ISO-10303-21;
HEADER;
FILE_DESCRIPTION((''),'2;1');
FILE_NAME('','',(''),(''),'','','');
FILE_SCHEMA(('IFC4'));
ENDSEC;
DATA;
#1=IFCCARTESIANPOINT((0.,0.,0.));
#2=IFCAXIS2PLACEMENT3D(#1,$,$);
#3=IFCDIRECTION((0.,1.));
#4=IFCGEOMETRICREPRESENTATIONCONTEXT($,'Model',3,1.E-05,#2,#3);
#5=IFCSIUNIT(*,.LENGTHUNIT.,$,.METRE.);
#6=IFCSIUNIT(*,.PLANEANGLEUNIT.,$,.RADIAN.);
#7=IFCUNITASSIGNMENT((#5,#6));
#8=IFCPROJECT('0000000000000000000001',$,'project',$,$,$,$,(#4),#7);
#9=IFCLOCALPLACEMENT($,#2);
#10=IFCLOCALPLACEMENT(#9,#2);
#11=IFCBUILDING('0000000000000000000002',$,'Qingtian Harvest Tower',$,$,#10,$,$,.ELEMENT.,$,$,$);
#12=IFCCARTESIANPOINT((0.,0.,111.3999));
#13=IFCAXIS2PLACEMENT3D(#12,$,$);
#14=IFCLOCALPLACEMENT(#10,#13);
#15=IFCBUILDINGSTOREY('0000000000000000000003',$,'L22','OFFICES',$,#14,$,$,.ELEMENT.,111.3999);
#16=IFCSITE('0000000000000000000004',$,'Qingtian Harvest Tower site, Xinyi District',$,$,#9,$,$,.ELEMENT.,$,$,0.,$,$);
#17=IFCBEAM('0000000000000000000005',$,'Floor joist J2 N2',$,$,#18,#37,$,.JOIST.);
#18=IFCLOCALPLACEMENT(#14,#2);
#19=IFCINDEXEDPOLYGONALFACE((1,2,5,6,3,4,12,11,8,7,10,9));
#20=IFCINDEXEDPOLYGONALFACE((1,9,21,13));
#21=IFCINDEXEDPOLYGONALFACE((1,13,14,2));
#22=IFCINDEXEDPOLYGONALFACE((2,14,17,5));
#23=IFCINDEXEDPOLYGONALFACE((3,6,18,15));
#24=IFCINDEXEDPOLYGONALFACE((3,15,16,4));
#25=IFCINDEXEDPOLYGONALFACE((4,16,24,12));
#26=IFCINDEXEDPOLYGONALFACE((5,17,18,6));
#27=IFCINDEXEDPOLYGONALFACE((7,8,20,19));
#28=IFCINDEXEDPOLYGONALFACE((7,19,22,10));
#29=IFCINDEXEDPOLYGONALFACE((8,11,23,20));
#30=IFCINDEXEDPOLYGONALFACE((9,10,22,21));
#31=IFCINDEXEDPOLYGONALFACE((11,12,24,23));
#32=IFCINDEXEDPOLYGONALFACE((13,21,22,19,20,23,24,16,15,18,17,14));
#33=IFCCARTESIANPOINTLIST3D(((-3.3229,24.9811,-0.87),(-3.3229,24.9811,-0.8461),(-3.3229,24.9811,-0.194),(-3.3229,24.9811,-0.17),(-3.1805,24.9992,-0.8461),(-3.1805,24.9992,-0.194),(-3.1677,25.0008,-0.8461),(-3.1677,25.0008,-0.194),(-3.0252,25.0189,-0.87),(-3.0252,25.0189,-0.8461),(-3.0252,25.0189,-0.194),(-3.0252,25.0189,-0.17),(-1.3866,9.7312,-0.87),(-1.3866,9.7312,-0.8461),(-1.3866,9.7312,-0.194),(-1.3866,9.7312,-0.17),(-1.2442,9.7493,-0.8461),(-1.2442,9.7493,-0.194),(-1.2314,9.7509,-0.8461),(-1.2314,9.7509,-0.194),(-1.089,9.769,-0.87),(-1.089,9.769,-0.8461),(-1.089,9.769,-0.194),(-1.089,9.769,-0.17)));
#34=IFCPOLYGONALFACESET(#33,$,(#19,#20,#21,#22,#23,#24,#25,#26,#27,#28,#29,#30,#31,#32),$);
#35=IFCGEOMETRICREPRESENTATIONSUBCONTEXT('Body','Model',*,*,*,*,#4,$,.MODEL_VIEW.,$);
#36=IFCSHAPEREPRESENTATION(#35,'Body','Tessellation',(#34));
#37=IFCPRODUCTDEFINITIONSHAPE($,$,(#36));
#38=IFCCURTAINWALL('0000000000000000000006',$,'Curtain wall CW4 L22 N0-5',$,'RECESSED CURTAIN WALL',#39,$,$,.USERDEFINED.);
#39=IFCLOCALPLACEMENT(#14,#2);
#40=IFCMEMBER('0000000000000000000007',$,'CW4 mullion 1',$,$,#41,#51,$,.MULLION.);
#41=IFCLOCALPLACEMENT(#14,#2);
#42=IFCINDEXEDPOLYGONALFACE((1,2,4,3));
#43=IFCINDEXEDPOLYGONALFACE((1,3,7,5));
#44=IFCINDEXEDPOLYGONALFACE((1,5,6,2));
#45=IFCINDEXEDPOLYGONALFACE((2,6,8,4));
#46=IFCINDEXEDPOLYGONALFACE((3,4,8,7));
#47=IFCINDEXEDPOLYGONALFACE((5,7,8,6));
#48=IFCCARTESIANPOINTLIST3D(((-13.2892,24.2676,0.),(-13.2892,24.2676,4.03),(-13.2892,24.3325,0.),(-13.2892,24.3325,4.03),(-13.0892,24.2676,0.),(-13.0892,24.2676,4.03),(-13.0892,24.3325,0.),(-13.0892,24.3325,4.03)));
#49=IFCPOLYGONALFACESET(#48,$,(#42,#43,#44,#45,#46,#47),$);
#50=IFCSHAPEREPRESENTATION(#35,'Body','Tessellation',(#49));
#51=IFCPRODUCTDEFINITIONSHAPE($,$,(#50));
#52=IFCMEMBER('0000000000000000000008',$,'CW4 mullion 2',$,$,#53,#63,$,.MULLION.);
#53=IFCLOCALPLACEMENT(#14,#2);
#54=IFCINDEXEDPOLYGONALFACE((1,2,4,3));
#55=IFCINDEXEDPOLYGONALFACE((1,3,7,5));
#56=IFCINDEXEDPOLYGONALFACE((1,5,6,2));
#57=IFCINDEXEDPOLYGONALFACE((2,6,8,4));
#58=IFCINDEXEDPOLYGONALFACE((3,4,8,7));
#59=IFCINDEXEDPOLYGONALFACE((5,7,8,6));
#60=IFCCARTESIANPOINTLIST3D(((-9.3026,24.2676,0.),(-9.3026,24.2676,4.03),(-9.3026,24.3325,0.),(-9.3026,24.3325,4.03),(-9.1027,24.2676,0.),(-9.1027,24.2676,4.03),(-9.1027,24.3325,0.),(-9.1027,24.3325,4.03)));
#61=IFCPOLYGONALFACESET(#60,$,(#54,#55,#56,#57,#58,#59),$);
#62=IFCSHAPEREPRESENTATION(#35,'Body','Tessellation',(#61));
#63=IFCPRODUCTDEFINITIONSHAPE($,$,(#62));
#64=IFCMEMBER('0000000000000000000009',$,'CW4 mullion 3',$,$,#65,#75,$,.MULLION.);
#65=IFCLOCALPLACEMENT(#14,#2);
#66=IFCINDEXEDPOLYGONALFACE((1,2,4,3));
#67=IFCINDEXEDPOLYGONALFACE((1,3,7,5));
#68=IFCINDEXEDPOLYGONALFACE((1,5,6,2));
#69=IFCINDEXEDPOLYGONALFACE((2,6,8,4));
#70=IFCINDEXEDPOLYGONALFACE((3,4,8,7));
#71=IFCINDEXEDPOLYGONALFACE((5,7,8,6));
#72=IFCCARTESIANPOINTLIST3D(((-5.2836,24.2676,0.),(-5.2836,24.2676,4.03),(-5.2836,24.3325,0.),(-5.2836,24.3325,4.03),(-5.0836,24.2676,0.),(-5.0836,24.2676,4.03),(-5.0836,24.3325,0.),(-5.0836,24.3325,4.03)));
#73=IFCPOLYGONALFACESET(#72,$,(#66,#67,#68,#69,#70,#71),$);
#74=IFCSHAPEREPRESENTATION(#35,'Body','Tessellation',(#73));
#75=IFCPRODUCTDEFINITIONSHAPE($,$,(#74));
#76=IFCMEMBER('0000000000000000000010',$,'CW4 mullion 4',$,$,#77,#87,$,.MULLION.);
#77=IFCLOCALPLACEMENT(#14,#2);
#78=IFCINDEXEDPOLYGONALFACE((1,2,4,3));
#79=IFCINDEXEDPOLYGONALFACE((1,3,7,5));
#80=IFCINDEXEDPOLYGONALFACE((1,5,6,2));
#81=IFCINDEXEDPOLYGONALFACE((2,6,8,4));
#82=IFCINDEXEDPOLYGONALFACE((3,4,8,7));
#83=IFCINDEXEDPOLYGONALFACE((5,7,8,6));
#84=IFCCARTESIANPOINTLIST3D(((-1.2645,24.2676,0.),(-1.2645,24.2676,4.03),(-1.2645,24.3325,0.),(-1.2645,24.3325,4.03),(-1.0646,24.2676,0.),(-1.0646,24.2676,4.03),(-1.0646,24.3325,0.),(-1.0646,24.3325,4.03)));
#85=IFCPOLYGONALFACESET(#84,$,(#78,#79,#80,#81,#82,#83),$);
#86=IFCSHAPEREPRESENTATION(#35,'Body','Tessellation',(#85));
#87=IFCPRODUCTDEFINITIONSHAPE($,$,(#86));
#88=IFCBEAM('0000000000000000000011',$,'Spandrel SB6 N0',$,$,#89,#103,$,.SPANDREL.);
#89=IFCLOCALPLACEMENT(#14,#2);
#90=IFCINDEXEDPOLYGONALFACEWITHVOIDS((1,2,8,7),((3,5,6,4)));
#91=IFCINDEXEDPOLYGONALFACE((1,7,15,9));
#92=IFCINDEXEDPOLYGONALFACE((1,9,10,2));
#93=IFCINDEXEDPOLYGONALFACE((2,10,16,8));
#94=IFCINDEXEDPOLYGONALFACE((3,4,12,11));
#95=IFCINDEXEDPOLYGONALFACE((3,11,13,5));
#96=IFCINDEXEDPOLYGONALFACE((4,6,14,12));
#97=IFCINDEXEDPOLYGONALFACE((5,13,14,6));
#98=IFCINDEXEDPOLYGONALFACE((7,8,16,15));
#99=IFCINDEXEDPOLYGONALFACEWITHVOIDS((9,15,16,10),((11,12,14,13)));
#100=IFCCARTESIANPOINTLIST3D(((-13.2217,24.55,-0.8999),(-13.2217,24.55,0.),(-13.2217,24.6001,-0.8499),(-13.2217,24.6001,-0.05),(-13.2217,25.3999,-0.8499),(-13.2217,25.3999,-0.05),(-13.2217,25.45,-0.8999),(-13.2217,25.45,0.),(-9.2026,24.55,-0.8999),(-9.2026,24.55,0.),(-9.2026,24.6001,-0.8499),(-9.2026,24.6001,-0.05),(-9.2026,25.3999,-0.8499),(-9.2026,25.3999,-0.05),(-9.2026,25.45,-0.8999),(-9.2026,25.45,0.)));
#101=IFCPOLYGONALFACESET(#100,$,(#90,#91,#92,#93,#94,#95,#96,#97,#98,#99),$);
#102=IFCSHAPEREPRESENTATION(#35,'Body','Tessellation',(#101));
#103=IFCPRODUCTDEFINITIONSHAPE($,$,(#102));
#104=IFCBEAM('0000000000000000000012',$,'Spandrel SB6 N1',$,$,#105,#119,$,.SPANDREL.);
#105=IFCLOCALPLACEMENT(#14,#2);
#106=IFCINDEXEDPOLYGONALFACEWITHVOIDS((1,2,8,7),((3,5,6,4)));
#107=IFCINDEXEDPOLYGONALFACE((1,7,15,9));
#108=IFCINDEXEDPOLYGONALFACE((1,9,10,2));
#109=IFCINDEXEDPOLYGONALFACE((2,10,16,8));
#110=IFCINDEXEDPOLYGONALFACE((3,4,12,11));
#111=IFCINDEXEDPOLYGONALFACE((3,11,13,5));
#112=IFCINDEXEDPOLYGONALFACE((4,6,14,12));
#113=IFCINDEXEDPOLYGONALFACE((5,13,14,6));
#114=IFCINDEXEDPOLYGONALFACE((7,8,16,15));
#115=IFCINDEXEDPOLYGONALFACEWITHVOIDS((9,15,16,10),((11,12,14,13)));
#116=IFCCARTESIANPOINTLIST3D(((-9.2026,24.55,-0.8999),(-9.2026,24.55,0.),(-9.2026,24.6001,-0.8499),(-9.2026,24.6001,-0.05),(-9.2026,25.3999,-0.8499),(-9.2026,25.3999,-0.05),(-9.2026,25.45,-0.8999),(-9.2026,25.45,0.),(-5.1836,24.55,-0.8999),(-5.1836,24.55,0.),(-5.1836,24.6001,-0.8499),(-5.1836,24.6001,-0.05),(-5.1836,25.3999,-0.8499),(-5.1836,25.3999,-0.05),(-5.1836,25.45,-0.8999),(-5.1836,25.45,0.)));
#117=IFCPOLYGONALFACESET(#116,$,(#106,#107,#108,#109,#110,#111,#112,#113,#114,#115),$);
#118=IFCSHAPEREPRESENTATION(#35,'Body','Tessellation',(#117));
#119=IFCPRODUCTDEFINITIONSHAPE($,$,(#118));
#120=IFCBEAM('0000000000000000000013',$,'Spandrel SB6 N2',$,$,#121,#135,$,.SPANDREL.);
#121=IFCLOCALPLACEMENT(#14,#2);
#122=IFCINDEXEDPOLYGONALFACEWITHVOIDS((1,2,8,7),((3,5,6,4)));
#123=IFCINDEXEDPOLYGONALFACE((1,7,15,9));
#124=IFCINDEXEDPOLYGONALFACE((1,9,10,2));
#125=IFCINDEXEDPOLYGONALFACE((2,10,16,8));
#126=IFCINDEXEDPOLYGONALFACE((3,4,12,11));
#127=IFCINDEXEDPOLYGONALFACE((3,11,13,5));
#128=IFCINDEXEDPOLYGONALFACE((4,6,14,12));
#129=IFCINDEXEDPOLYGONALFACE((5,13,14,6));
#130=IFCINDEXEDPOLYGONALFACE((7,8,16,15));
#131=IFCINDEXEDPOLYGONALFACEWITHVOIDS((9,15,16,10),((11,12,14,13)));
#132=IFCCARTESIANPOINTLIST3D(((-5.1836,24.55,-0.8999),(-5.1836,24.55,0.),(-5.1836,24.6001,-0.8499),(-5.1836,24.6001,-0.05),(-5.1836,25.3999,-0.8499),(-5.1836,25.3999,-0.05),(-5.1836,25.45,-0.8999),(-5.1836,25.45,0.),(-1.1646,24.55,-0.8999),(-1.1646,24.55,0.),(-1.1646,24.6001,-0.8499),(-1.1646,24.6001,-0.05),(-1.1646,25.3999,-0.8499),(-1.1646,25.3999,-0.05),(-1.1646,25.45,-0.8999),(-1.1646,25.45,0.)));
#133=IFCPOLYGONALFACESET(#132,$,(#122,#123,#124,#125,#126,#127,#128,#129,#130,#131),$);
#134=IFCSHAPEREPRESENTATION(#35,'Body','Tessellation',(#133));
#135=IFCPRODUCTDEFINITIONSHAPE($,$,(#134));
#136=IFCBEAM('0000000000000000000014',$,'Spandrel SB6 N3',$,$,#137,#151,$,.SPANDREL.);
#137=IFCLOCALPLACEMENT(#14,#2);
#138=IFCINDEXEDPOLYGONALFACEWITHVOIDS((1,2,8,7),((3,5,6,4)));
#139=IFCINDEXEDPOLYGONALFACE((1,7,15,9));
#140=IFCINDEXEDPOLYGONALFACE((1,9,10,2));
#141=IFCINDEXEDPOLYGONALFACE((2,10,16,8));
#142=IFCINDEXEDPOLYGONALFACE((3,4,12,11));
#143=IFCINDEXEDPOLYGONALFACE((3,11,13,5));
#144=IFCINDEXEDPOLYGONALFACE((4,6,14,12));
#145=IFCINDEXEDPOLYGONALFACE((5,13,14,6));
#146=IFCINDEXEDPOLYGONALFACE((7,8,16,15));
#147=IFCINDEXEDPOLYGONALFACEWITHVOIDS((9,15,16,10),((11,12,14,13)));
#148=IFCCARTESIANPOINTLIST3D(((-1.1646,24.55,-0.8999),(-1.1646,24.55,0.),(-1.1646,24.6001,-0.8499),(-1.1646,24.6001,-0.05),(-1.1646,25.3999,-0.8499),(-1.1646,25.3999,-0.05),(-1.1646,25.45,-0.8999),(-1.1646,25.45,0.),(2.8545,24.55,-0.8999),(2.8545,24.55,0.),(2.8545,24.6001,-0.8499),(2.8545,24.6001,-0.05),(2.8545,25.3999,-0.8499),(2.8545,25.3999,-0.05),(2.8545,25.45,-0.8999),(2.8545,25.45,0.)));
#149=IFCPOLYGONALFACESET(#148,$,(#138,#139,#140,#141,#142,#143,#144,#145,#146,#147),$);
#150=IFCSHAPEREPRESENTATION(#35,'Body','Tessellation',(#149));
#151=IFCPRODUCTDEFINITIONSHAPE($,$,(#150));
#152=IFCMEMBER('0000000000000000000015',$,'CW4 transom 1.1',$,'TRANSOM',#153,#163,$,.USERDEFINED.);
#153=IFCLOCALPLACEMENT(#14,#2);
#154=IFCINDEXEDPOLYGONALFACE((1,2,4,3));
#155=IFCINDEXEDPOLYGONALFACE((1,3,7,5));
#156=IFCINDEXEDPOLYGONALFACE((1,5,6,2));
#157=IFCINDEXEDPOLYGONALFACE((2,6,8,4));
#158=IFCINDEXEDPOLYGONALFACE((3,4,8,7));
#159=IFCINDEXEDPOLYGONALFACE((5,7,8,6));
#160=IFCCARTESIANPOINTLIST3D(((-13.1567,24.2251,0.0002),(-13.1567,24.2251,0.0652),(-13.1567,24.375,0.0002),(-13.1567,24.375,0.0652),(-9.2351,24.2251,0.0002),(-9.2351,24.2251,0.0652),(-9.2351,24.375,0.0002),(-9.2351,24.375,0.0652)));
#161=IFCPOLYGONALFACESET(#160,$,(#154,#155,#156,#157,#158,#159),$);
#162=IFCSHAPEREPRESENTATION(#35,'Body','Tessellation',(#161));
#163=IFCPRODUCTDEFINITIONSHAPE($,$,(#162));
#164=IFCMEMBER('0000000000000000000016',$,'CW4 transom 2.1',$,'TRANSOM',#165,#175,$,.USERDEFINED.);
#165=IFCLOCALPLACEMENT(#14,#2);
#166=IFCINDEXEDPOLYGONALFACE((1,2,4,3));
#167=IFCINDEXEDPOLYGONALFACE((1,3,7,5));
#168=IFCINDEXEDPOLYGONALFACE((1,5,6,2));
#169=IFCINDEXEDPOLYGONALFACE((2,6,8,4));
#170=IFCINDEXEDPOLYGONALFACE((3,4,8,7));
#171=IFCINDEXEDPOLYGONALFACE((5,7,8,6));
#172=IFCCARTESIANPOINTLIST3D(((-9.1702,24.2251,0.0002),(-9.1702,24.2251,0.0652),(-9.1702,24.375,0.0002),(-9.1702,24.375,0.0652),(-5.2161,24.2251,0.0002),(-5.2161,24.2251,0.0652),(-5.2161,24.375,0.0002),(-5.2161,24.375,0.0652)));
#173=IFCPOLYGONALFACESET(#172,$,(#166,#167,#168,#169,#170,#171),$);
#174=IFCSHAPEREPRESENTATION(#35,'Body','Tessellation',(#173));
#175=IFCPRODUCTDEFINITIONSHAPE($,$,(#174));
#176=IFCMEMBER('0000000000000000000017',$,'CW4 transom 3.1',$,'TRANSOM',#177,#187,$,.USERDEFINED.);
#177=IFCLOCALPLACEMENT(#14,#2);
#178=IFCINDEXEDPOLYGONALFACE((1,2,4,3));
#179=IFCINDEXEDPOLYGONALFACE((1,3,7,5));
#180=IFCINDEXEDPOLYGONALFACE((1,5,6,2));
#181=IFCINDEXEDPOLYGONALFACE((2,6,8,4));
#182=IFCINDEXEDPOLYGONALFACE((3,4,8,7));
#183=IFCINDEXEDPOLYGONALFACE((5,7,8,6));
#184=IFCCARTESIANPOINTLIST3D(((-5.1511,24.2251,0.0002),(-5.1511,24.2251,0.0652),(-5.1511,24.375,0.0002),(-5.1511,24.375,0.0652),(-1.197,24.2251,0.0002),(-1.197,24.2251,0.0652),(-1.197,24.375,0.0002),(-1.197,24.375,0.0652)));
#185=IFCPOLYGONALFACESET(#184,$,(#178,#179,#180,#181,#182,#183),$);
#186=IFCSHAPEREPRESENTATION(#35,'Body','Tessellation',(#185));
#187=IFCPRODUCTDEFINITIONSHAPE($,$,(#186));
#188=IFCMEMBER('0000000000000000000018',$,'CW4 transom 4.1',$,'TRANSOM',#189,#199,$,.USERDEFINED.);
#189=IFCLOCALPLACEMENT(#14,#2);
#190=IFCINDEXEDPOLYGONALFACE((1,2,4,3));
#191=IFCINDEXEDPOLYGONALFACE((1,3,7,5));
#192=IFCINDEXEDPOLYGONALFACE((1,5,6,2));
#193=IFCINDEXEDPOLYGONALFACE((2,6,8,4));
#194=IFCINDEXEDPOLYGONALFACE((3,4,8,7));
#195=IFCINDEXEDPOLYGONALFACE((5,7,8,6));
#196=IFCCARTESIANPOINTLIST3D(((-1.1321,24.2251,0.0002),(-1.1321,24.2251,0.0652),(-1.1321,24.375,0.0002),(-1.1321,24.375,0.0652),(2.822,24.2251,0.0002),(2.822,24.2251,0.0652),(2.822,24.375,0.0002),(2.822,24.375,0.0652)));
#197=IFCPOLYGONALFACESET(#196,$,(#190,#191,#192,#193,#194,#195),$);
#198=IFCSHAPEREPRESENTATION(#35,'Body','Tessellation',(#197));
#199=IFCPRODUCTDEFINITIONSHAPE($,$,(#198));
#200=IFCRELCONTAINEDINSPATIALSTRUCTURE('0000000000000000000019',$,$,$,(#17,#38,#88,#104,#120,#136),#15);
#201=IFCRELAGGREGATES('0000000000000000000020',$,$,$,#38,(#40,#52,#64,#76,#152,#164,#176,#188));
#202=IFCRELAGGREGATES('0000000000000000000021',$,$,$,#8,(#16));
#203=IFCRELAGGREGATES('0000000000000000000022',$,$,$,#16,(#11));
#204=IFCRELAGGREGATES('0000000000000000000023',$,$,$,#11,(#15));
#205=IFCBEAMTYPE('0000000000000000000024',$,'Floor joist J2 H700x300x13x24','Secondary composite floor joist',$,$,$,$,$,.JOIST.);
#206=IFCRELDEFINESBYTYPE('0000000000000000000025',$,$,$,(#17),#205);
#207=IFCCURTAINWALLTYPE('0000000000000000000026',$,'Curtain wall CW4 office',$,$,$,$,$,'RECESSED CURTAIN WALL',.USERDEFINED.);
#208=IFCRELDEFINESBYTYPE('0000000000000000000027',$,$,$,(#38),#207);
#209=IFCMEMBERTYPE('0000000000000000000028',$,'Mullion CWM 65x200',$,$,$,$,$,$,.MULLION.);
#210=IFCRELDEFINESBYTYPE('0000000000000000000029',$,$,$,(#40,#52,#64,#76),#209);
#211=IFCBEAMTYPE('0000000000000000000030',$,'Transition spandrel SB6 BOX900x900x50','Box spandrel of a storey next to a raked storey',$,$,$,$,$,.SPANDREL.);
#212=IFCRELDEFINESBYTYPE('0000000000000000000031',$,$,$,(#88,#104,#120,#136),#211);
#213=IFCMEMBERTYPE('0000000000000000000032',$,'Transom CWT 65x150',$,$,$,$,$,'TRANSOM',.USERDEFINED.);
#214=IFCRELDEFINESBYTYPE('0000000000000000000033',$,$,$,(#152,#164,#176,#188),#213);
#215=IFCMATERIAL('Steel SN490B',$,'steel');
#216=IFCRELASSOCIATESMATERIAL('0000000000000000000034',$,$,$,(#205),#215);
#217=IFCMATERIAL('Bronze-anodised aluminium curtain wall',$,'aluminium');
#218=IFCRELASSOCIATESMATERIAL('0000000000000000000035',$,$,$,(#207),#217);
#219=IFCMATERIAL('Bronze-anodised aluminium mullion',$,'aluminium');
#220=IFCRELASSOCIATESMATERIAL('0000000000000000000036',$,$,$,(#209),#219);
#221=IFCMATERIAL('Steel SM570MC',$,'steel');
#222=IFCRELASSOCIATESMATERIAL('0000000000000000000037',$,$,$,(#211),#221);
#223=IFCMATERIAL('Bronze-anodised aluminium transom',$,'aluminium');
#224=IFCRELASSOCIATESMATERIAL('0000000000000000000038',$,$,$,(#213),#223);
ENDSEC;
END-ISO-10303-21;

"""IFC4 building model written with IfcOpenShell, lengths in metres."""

from ifc_helpers import new_model, si_unit, direction, frame, origin, origin_2d, place, context, subcontext, project, spatial, rectangle, hollow_rectangle, i_section, extrude, material, material_profile, profile_set, type_object, element, aggregate, save


model = new_model("IFC4")

# Units and contexts
model_context = context("Model", 3, precision=1e-05, world=origin(), true_north=direction((0.0, 1.0)))
body_context = subcontext(model_context, "Body", "Model", "MODEL_VIEW")
ifc_project = project(units=[si_unit("LENGTHUNIT", "METRE"), si_unit("PLANEANGLEUNIT", "RADIAN")], contexts=[model_context])

# Site, building, storey
site_placement = place(None, origin())
site = spatial("IfcSite", under=ifc_project, at=site_placement, Name="Qingtian Harvest Tower site, Xinyi District", CompositionType="ELEMENT", RefElevation=0.0)
building_placement = place(site_placement, origin())
building = spatial("IfcBuilding", under=site, at=building_placement, Name="Qingtian Harvest Tower", CompositionType="ELEMENT")
storey_placement = place(building_placement, frame((0.0, 0.0, 111.3999)))
storey = spatial("IfcBuildingStorey", under=building, at=storey_placement, Name="L22", Description="OFFICES", CompositionType="ELEMENT", Elevation=111.3999)

# Beam
ifc_material_1 = material(Name="Steel SN490B", Category="steel")
ifc_material_profile_1 = material_profile(ifc_material_1, i_section(OverallWidth=0.3, OverallDepth=0.7, WebThickness=0.0129, FlangeThickness=0.0239, at=origin_2d()), Name="H700x300x13x24")
ifc_profile_set_1 = profile_set([ifc_material_profile_1], Name="Steel SN490B")
beam_type_1 = type_object("IfcBeamType", Name="Floor joist J2 H700x300x13x24", Description="Secondary composite floor joist", PredefinedType="JOIST", material=ifc_profile_set_1)
beam_1_placement = place(storey_placement, frame((-3.1741, 25.0, -0.52), z_axis=(0.125958, -0.992036, 0.0), x_axis=(0.992036, 0.125958, 0.0)))
element("IfcBeam", 1, at=beam_1_placement, inside=storey, type_object=beam_type_1, Name="Floor joist J2 N2", PredefinedType="JOIST", context=body_context, shape_type="SweptSolid", body=[
    extrude(i_section(OverallWidth=0.3, OverallDepth=0.7, WebThickness=0.0129, FlangeThickness=0.0239, at=origin_2d()), origin(), (0.0, 0.0, 1.0), 15.3723),
])

# Curtain wall, members
ifc_material_2 = material(Name="Bronze-anodised aluminium curtain wall", Category="aluminium")
curtain_wall_type = type_object("IfcCurtainWallType", Name="Curtain wall CW4 office", ElementType="RECESSED CURTAIN WALL", PredefinedType="USERDEFINED", material=ifc_material_2)
curtain_wall_placement = place(storey_placement, origin())
curtain_wall = element("IfcCurtainWall", 2, at=curtain_wall_placement, inside=storey, type_object=curtain_wall_type, Name="Curtain wall CW4 L22 N0-5", ObjectType="RECESSED CURTAIN WALL", PredefinedType="USERDEFINED")
ifc_material_3 = material(Name="Bronze-anodised aluminium mullion", Category="aluminium")
ifc_material_profile_2 = material_profile(ifc_material_3, rectangle(XDim=0.0649, YDim=0.2, at=origin_2d()), Name="AL 65x200")
ifc_profile_set_2 = profile_set([ifc_material_profile_2], Name="Bronze-anodised aluminium mullion")
member_type_1 = type_object("IfcMemberType", Name="Mullion CWM 65x200", PredefinedType="MULLION", material=ifc_profile_set_2)
member_1_placement = place(storey_placement, frame((-13.1892, 24.3, 0.0), z_axis=(0.0, 0.0, 1.0), x_axis=(0.0, 1.0, 0.0)))
member_1 = element("IfcMember", 3, at=member_1_placement, type_object=member_type_1, Name="CW4 mullion 1", PredefinedType="MULLION", context=body_context, shape_type="SweptSolid", body=[
    extrude(rectangle(XDim=0.0649, YDim=0.2, at=origin_2d()), origin(), (0.0, 0.0, 1.0), 4.03),
])
member_2_placement = place(storey_placement, frame((-9.2026, 24.3, 0.0), z_axis=(0.0, 0.0, 1.0), x_axis=(0.0, 1.0, 0.0)))
member_2 = element("IfcMember", 4, at=member_2_placement, type_object=member_type_1, Name="CW4 mullion 2", PredefinedType="MULLION", context=body_context, shape_type="SweptSolid", body=[
    extrude(rectangle(XDim=0.0649, YDim=0.2, at=origin_2d()), origin(), (0.0, 0.0, 1.0), 4.03),
])
member_3_placement = place(storey_placement, frame((-5.1836, 24.3, 0.0), z_axis=(0.0, 0.0, 1.0), x_axis=(0.0, 1.0, 0.0)))
member_3 = element("IfcMember", 5, at=member_3_placement, type_object=member_type_1, Name="CW4 mullion 3", PredefinedType="MULLION", context=body_context, shape_type="SweptSolid", body=[
    extrude(rectangle(XDim=0.0649, YDim=0.2, at=origin_2d()), origin(), (0.0, 0.0, 1.0), 4.03),
])
member_4_placement = place(storey_placement, frame((-1.1646, 24.3, 0.0), z_axis=(0.0, 0.0, 1.0), x_axis=(0.0, 1.0, 0.0)))
member_4 = element("IfcMember", 6, at=member_4_placement, type_object=member_type_1, Name="CW4 mullion 4", PredefinedType="MULLION", context=body_context, shape_type="SweptSolid", body=[
    extrude(rectangle(XDim=0.0649, YDim=0.2, at=origin_2d()), origin(), (0.0, 0.0, 1.0), 4.03),
])

# Beams
ifc_material_4 = material(Name="Steel SM570MC", Category="steel")
ifc_material_profile_3 = material_profile(ifc_material_4, hollow_rectangle(XDim=0.8999, YDim=0.8999, WallThickness=0.05, at=origin_2d()), Name="BOX900x900x50")
ifc_profile_set_3 = profile_set([ifc_material_profile_3], Name="Steel SM570MC")
beam_type_2 = type_object("IfcBeamType", Name="Transition spandrel SB6 BOX900x900x50", Description="Box spandrel of a storey next to a raked storey", PredefinedType="SPANDREL", material=ifc_profile_set_3)
for number, where, z_axis, x_axis, name in (
    (7, (-13.2217, 25.0, -0.45), (1.0, 0.0, 0.0), (0.0, 1.0, 0.0), "Spandrel SB6 N0"),
    (8, (-9.2026, 25.0, -0.45), (1.0, 0.0, 0.0), (0.0, 1.0, 0.0), "Spandrel SB6 N1"),
    (9, (-5.1836, 25.0, -0.45), (1.0, 0.0, 0.0), (0.0, 1.0, 0.0), "Spandrel SB6 N2"),
    (10, (-1.1646, 25.0, -0.45), (1.0, 0.0, 0.0), (0.0, 1.0, 0.0), "Spandrel SB6 N3"),
):
    element("IfcBeam", number, at=place(storey_placement, frame(where, z_axis=z_axis, x_axis=x_axis)), inside=storey, type_object=beam_type_2, Name=name, PredefinedType="SPANDREL", context=body_context, shape_type="SweptSolid", body=[
        extrude(hollow_rectangle(XDim=0.8999, YDim=0.8999, WallThickness=0.05, at=origin_2d()), origin(), (0.0, 0.0, 1.0), 4.019),
    ])

# Members
ifc_material_5 = material(Name="Bronze-anodised aluminium transom", Category="aluminium")
ifc_material_profile_4 = material_profile(ifc_material_5, rectangle(XDim=0.1499, YDim=0.0649, at=origin_2d()), Name="AL 65x150")
ifc_profile_set_4 = profile_set([ifc_material_profile_4], Name="Bronze-anodised aluminium transom")
member_type_2 = type_object("IfcMemberType", Name="Transom CWT 65x150", ElementType="TRANSOM", PredefinedType="USERDEFINED", material=ifc_profile_set_4)
member_5_placement = place(storey_placement, frame((-13.1567, 24.3, 0.0327), z_axis=(1.0, 0.0, 0.0), x_axis=(0.0, 1.0, 0.0)))
member_5 = element("IfcMember", 11, at=member_5_placement, type_object=member_type_2, Name="CW4 transom 1.1", ObjectType="TRANSOM", PredefinedType="USERDEFINED", context=body_context, shape_type="SweptSolid", body=[
    extrude(rectangle(XDim=0.1499, YDim=0.0649, at=origin_2d()), origin(), (0.0, 0.0, 1.0), 3.9216),
])
member_6_placement = place(storey_placement, frame((-9.1702, 24.3, 0.0327), z_axis=(1.0, 0.0, 0.0), x_axis=(0.0, 1.0, 0.0)))
member_6 = element("IfcMember", 12, at=member_6_placement, type_object=member_type_2, Name="CW4 transom 2.1", ObjectType="TRANSOM", PredefinedType="USERDEFINED", context=body_context, shape_type="SweptSolid", body=[
    extrude(rectangle(XDim=0.1499, YDim=0.0649, at=origin_2d()), origin(), (0.0, 0.0, 1.0), 3.9541),
])
member_7_placement = place(storey_placement, frame((-5.1511, 24.3, 0.0327), z_axis=(1.0, 0.0, 0.0), x_axis=(0.0, 1.0, 0.0)))
member_7 = element("IfcMember", 13, at=member_7_placement, type_object=member_type_2, Name="CW4 transom 3.1", ObjectType="TRANSOM", PredefinedType="USERDEFINED", context=body_context, shape_type="SweptSolid", body=[
    extrude(rectangle(XDim=0.1499, YDim=0.0649, at=origin_2d()), origin(), (0.0, 0.0, 1.0), 3.9541),
])
member_8_placement = place(storey_placement, frame((-1.1321, 24.3, 0.0327), z_axis=(1.0, 0.0, 0.0), x_axis=(0.0, 1.0, 0.0)))
member_8 = element("IfcMember", 14, at=member_8_placement, type_object=member_type_2, Name="CW4 transom 4.1", ObjectType="TRANSOM", PredefinedType="USERDEFINED", context=body_context, shape_type="SweptSolid", body=[
    extrude(rectangle(XDim=0.1499, YDim=0.0649, at=origin_2d()), origin(), (0.0, 0.0, 1.0), 3.9541),
])

aggregate(curtain_wall, [member_1, member_2, member_3, member_4, member_5, member_6, member_7, member_8])

save(model, "model.ifc")
